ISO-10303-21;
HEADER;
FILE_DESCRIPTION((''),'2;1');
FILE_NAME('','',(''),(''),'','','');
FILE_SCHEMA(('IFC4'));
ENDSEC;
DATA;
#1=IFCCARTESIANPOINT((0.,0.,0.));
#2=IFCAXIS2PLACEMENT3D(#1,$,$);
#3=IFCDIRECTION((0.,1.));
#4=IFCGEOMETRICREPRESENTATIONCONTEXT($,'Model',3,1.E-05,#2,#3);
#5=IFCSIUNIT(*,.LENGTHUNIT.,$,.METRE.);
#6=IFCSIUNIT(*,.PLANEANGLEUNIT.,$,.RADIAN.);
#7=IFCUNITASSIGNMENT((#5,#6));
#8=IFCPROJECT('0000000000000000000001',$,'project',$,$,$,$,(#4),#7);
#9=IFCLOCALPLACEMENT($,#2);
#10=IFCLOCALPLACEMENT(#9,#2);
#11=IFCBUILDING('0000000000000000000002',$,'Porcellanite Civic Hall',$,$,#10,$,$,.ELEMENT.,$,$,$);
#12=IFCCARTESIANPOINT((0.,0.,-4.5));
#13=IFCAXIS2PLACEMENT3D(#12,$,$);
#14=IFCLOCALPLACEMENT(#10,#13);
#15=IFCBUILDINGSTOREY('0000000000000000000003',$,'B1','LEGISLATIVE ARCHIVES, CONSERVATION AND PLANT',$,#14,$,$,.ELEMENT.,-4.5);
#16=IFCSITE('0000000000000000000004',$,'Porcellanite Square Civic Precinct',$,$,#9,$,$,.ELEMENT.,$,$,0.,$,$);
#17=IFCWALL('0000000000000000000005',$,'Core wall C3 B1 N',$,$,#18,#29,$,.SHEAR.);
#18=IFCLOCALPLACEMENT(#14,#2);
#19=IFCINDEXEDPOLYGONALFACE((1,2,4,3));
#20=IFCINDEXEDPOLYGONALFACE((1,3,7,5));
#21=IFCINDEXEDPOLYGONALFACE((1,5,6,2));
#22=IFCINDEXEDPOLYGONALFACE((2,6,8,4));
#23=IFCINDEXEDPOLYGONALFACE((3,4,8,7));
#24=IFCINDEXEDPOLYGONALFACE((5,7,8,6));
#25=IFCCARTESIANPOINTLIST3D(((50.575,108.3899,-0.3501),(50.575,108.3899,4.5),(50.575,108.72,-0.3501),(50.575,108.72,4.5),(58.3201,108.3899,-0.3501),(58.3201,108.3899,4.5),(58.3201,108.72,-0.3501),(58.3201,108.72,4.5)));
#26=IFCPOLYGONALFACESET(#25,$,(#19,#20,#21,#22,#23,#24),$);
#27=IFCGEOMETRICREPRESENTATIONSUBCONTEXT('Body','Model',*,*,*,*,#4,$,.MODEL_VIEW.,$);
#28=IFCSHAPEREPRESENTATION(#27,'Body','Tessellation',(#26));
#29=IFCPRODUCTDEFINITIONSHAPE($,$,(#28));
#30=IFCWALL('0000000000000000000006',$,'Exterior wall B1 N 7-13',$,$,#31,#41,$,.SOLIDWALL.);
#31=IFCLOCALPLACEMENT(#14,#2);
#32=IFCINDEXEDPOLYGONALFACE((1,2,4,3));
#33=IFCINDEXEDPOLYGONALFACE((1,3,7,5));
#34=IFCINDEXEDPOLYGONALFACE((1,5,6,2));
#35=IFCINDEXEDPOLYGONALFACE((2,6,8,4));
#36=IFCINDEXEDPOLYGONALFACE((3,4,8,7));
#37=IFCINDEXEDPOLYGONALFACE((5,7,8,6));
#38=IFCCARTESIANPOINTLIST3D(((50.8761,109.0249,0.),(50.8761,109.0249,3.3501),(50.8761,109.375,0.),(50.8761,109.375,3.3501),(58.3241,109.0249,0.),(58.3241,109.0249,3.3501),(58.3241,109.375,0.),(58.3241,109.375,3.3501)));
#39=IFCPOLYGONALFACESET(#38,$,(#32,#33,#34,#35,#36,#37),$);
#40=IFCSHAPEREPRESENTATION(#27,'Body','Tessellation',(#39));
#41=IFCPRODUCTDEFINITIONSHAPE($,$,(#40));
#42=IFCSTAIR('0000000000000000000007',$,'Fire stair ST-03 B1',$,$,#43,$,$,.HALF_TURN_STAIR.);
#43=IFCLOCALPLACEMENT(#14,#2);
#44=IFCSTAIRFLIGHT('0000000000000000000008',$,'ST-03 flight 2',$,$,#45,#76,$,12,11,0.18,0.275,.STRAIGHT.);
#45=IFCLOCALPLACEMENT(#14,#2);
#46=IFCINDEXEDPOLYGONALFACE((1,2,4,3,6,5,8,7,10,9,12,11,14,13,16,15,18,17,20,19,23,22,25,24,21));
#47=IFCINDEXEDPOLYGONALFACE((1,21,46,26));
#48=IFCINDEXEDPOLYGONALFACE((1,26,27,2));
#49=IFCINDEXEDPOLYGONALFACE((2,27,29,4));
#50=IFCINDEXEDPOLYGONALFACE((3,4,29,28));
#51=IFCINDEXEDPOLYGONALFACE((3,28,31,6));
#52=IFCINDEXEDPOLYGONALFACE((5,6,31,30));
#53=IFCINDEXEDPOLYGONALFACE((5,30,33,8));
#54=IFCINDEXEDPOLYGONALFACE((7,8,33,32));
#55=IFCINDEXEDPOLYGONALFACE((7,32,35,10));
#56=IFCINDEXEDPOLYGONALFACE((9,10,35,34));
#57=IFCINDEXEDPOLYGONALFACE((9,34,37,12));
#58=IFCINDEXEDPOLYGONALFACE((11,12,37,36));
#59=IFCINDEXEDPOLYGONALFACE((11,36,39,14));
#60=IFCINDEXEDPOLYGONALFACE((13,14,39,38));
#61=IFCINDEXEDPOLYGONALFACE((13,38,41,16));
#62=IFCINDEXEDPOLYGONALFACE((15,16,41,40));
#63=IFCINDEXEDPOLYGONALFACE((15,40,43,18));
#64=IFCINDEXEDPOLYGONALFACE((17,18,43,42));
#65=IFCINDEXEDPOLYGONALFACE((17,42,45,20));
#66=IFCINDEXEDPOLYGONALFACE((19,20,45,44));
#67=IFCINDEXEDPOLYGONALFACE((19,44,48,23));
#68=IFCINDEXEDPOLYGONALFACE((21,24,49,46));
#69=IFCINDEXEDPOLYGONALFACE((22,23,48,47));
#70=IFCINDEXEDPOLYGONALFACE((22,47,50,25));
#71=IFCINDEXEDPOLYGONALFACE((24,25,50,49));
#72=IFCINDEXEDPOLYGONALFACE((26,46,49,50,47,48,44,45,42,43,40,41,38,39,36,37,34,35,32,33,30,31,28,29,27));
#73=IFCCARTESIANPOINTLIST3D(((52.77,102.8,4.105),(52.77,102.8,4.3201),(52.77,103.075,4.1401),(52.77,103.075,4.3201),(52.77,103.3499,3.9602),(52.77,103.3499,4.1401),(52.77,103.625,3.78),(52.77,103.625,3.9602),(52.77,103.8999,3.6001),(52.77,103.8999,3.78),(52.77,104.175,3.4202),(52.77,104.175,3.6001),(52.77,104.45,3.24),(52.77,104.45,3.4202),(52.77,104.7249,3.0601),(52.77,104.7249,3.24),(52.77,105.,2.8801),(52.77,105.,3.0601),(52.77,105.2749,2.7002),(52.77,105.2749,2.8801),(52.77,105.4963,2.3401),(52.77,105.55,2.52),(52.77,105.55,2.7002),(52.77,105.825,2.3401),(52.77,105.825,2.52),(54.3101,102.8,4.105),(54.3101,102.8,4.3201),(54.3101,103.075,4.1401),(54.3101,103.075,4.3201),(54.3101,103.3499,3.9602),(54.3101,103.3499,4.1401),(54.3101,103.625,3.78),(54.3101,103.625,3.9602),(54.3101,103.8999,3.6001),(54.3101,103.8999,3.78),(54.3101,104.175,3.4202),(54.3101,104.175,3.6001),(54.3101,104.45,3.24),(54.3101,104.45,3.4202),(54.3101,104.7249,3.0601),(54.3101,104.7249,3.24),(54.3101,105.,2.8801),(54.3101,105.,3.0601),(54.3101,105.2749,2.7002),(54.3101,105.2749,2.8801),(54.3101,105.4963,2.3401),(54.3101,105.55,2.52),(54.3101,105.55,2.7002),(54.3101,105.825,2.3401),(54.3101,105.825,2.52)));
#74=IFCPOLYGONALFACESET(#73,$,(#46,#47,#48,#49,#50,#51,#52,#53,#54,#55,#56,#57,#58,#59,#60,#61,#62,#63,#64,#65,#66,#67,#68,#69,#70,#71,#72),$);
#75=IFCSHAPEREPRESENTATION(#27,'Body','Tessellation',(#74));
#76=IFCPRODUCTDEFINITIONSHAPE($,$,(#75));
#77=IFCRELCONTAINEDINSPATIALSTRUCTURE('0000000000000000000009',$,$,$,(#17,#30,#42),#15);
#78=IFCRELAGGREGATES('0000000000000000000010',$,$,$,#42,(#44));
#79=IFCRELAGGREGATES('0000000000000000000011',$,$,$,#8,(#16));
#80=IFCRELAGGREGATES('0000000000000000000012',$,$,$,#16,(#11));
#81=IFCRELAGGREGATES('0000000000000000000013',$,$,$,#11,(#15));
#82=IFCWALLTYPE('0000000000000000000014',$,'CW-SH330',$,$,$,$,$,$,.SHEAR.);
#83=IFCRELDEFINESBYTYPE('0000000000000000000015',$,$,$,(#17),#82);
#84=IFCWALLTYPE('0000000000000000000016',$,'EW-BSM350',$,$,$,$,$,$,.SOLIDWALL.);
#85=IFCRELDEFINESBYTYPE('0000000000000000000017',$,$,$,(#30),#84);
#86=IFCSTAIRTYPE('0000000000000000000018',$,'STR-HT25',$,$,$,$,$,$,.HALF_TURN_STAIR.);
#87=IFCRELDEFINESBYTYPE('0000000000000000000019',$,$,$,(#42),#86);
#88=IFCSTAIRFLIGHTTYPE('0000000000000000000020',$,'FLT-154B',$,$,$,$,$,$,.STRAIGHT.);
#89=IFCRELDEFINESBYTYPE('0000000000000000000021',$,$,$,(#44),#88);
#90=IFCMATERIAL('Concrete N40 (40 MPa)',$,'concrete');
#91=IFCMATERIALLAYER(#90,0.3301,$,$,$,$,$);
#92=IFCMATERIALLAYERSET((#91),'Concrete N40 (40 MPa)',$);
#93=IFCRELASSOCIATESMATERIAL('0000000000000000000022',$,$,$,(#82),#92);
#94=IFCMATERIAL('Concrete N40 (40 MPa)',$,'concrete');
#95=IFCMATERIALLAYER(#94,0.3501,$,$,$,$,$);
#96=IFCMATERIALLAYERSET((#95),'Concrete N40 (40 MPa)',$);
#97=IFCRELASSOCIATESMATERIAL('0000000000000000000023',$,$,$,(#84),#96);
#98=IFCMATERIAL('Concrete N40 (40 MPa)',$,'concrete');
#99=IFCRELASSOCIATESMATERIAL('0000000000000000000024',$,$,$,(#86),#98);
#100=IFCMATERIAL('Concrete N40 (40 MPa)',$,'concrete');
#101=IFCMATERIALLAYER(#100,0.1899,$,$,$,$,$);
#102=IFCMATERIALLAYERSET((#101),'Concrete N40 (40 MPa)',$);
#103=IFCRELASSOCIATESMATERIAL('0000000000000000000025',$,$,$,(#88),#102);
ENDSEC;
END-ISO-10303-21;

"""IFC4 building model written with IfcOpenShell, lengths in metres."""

from ifc_helpers import new_model, si_unit, direction, frame, frame_2d, origin, place, context, subcontext, project, spatial, polyline, rectangle, outline, extrude, material, layer, layer_set, type_object, element, aggregate, save


model = new_model("IFC4")

# Units and contexts
model_context = context("Model", 3, precision=1e-05, world=origin(), true_north=direction((0.0, 1.0)))
body_context = subcontext(model_context, "Body", "Model", "MODEL_VIEW")
ifc_project = project(units=[si_unit("LENGTHUNIT", "METRE"), si_unit("PLANEANGLEUNIT", "RADIAN")], contexts=[model_context])

# Site, building, storey
site_placement = place(None, origin())
site = spatial("IfcSite", under=ifc_project, at=site_placement, Name="Porcellanite Square Civic Precinct", CompositionType="ELEMENT", RefElevation=0.0)
building_placement = place(site_placement, origin())
building = spatial("IfcBuilding", under=site, at=building_placement, Name="Porcellanite Civic Hall", CompositionType="ELEMENT")
storey_placement = place(building_placement, frame((0.0, 0.0, -4.5)))
storey = spatial("IfcBuildingStorey", under=building, at=storey_placement, Name="B1", Description="LEGISLATIVE ARCHIVES, CONSERVATION AND PLANT", CompositionType="ELEMENT", Elevation=-4.5)

# Walls
ifc_material_1 = material(Name="Concrete N40 (40 MPa)", Category="concrete")
ifc_layer_1 = layer(ifc_material_1, 0.3301)
ifc_layer_set_1 = layer_set([ifc_layer_1], Name="Concrete N40 (40 MPa)")
wall_type_1 = type_object("IfcWallType", Name="CW-SH330", PredefinedType="SHEAR", material=ifc_layer_set_1)
wall_1_placement = place(storey_placement, frame((50.575, 108.5549, -0.3501), z_axis=(0.0, 0.0, 1.0), x_axis=(1.0, 0.0, 0.0)))
element("IfcWall", 1, at=wall_1_placement, inside=storey, type_object=wall_type_1, Name="Core wall C3 B1 N", PredefinedType="SHEAR", context=body_context, shape_type="SweptSolid", body=[
    extrude(rectangle(XDim=7.7451, YDim=0.3301, at=frame_2d((3.8726, 0.0))), origin(), (0.0, 0.0, 1.0), 4.8501),
])
ifc_material_2 = material(Name="Concrete N40 (40 MPa)", Category="concrete")
ifc_layer_2 = layer(ifc_material_2, 0.3501)
ifc_layer_set_2 = layer_set([ifc_layer_2], Name="Concrete N40 (40 MPa)")
wall_type_2 = type_object("IfcWallType", Name="EW-BSM350", PredefinedType="SOLIDWALL", material=ifc_layer_set_2)
wall_2_placement = place(storey_placement, frame((50.876, 109.2, 0.0), z_axis=(0.0, 0.0, 1.0), x_axis=(1.0, 0.0, 0.0)))
element("IfcWall", 2, at=wall_2_placement, inside=storey, type_object=wall_type_2, Name="Exterior wall B1 N 7-13", PredefinedType="SOLIDWALL", context=body_context, shape_type="SweptSolid", body=[
    extrude(rectangle(XDim=7.448, YDim=0.3501, at=frame_2d((3.7241, 0.0))), origin(), (0.0, 0.0, 1.0), 3.3501),
])

# Stair, stair flight
ifc_material_3 = material(Name="Concrete N40 (40 MPa)", Category="concrete")
stair_type = type_object("IfcStairType", Name="STR-HT25", PredefinedType="HALF_TURN_STAIR", material=ifc_material_3)
stair_placement = place(storey_placement, origin())
stair = element("IfcStair", 3, at=stair_placement, inside=storey, type_object=stair_type, Name="Fire stair ST-03 B1", PredefinedType="HALF_TURN_STAIR")
ifc_material_4 = material(Name="Concrete N40 (40 MPa)", Category="concrete")
ifc_layer_3 = layer(ifc_material_4, 0.1899)
ifc_layer_set_3 = layer_set([ifc_layer_3], Name="Concrete N40 (40 MPa)")
stair_flight_type = type_object("IfcStairFlightType", Name="FLT-154B", PredefinedType="STRAIGHT", material=ifc_layer_set_3)
stair_flight_placement = place(storey_placement, frame((53.54, 105.825, 2.3401), z_axis=(0.0, 0.0, 1.0), x_axis=(0.0, -1.0, 0.0)))
stair_flight = element("IfcStairFlight", 4, at=stair_flight_placement, type_object=stair_flight_type, Name="ST-03 flight 2", NumberOfRisers=12, NumberOfTreads=11, PredefinedType="STRAIGHT", RiserHeight=0.18, TreadLength=0.275, context=body_context, shape_type="SweptSolid", body=[
    extrude(outline(polyline([(0.0, 0.0), (0.0, 0.1799), (0.2749, 0.1799), (0.2749, 0.3601), (0.55, 0.3601), (0.55, 0.54), (0.825, 0.54), (0.825, 0.72), (1.1001, 0.72), (1.1001, 0.8999), (1.375, 0.8999), (1.375, 1.0801), (1.6499, 1.0801), (1.6499, 1.26), (1.925, 1.26), (1.925, 1.4399), (2.2, 1.4399), (2.2, 1.6201), (2.4751, 1.6201), (2.4751, 1.8), (2.75, 1.8), (2.75, 1.98), (3.0249, 1.98), (3.0249, 2.1599), (3.0249, 1.7649), (0.3286, 0.0), (0.0, 0.0)])), frame((0.0, 0.77, 0.0), z_axis=(0.0, -1.0, 0.0), x_axis=(1.0, 0.0, 0.0)), (0.0, 0.0, 1.0), 1.54),
])
aggregate(stair, [stair_flight])

save(model, "model.ifc")
